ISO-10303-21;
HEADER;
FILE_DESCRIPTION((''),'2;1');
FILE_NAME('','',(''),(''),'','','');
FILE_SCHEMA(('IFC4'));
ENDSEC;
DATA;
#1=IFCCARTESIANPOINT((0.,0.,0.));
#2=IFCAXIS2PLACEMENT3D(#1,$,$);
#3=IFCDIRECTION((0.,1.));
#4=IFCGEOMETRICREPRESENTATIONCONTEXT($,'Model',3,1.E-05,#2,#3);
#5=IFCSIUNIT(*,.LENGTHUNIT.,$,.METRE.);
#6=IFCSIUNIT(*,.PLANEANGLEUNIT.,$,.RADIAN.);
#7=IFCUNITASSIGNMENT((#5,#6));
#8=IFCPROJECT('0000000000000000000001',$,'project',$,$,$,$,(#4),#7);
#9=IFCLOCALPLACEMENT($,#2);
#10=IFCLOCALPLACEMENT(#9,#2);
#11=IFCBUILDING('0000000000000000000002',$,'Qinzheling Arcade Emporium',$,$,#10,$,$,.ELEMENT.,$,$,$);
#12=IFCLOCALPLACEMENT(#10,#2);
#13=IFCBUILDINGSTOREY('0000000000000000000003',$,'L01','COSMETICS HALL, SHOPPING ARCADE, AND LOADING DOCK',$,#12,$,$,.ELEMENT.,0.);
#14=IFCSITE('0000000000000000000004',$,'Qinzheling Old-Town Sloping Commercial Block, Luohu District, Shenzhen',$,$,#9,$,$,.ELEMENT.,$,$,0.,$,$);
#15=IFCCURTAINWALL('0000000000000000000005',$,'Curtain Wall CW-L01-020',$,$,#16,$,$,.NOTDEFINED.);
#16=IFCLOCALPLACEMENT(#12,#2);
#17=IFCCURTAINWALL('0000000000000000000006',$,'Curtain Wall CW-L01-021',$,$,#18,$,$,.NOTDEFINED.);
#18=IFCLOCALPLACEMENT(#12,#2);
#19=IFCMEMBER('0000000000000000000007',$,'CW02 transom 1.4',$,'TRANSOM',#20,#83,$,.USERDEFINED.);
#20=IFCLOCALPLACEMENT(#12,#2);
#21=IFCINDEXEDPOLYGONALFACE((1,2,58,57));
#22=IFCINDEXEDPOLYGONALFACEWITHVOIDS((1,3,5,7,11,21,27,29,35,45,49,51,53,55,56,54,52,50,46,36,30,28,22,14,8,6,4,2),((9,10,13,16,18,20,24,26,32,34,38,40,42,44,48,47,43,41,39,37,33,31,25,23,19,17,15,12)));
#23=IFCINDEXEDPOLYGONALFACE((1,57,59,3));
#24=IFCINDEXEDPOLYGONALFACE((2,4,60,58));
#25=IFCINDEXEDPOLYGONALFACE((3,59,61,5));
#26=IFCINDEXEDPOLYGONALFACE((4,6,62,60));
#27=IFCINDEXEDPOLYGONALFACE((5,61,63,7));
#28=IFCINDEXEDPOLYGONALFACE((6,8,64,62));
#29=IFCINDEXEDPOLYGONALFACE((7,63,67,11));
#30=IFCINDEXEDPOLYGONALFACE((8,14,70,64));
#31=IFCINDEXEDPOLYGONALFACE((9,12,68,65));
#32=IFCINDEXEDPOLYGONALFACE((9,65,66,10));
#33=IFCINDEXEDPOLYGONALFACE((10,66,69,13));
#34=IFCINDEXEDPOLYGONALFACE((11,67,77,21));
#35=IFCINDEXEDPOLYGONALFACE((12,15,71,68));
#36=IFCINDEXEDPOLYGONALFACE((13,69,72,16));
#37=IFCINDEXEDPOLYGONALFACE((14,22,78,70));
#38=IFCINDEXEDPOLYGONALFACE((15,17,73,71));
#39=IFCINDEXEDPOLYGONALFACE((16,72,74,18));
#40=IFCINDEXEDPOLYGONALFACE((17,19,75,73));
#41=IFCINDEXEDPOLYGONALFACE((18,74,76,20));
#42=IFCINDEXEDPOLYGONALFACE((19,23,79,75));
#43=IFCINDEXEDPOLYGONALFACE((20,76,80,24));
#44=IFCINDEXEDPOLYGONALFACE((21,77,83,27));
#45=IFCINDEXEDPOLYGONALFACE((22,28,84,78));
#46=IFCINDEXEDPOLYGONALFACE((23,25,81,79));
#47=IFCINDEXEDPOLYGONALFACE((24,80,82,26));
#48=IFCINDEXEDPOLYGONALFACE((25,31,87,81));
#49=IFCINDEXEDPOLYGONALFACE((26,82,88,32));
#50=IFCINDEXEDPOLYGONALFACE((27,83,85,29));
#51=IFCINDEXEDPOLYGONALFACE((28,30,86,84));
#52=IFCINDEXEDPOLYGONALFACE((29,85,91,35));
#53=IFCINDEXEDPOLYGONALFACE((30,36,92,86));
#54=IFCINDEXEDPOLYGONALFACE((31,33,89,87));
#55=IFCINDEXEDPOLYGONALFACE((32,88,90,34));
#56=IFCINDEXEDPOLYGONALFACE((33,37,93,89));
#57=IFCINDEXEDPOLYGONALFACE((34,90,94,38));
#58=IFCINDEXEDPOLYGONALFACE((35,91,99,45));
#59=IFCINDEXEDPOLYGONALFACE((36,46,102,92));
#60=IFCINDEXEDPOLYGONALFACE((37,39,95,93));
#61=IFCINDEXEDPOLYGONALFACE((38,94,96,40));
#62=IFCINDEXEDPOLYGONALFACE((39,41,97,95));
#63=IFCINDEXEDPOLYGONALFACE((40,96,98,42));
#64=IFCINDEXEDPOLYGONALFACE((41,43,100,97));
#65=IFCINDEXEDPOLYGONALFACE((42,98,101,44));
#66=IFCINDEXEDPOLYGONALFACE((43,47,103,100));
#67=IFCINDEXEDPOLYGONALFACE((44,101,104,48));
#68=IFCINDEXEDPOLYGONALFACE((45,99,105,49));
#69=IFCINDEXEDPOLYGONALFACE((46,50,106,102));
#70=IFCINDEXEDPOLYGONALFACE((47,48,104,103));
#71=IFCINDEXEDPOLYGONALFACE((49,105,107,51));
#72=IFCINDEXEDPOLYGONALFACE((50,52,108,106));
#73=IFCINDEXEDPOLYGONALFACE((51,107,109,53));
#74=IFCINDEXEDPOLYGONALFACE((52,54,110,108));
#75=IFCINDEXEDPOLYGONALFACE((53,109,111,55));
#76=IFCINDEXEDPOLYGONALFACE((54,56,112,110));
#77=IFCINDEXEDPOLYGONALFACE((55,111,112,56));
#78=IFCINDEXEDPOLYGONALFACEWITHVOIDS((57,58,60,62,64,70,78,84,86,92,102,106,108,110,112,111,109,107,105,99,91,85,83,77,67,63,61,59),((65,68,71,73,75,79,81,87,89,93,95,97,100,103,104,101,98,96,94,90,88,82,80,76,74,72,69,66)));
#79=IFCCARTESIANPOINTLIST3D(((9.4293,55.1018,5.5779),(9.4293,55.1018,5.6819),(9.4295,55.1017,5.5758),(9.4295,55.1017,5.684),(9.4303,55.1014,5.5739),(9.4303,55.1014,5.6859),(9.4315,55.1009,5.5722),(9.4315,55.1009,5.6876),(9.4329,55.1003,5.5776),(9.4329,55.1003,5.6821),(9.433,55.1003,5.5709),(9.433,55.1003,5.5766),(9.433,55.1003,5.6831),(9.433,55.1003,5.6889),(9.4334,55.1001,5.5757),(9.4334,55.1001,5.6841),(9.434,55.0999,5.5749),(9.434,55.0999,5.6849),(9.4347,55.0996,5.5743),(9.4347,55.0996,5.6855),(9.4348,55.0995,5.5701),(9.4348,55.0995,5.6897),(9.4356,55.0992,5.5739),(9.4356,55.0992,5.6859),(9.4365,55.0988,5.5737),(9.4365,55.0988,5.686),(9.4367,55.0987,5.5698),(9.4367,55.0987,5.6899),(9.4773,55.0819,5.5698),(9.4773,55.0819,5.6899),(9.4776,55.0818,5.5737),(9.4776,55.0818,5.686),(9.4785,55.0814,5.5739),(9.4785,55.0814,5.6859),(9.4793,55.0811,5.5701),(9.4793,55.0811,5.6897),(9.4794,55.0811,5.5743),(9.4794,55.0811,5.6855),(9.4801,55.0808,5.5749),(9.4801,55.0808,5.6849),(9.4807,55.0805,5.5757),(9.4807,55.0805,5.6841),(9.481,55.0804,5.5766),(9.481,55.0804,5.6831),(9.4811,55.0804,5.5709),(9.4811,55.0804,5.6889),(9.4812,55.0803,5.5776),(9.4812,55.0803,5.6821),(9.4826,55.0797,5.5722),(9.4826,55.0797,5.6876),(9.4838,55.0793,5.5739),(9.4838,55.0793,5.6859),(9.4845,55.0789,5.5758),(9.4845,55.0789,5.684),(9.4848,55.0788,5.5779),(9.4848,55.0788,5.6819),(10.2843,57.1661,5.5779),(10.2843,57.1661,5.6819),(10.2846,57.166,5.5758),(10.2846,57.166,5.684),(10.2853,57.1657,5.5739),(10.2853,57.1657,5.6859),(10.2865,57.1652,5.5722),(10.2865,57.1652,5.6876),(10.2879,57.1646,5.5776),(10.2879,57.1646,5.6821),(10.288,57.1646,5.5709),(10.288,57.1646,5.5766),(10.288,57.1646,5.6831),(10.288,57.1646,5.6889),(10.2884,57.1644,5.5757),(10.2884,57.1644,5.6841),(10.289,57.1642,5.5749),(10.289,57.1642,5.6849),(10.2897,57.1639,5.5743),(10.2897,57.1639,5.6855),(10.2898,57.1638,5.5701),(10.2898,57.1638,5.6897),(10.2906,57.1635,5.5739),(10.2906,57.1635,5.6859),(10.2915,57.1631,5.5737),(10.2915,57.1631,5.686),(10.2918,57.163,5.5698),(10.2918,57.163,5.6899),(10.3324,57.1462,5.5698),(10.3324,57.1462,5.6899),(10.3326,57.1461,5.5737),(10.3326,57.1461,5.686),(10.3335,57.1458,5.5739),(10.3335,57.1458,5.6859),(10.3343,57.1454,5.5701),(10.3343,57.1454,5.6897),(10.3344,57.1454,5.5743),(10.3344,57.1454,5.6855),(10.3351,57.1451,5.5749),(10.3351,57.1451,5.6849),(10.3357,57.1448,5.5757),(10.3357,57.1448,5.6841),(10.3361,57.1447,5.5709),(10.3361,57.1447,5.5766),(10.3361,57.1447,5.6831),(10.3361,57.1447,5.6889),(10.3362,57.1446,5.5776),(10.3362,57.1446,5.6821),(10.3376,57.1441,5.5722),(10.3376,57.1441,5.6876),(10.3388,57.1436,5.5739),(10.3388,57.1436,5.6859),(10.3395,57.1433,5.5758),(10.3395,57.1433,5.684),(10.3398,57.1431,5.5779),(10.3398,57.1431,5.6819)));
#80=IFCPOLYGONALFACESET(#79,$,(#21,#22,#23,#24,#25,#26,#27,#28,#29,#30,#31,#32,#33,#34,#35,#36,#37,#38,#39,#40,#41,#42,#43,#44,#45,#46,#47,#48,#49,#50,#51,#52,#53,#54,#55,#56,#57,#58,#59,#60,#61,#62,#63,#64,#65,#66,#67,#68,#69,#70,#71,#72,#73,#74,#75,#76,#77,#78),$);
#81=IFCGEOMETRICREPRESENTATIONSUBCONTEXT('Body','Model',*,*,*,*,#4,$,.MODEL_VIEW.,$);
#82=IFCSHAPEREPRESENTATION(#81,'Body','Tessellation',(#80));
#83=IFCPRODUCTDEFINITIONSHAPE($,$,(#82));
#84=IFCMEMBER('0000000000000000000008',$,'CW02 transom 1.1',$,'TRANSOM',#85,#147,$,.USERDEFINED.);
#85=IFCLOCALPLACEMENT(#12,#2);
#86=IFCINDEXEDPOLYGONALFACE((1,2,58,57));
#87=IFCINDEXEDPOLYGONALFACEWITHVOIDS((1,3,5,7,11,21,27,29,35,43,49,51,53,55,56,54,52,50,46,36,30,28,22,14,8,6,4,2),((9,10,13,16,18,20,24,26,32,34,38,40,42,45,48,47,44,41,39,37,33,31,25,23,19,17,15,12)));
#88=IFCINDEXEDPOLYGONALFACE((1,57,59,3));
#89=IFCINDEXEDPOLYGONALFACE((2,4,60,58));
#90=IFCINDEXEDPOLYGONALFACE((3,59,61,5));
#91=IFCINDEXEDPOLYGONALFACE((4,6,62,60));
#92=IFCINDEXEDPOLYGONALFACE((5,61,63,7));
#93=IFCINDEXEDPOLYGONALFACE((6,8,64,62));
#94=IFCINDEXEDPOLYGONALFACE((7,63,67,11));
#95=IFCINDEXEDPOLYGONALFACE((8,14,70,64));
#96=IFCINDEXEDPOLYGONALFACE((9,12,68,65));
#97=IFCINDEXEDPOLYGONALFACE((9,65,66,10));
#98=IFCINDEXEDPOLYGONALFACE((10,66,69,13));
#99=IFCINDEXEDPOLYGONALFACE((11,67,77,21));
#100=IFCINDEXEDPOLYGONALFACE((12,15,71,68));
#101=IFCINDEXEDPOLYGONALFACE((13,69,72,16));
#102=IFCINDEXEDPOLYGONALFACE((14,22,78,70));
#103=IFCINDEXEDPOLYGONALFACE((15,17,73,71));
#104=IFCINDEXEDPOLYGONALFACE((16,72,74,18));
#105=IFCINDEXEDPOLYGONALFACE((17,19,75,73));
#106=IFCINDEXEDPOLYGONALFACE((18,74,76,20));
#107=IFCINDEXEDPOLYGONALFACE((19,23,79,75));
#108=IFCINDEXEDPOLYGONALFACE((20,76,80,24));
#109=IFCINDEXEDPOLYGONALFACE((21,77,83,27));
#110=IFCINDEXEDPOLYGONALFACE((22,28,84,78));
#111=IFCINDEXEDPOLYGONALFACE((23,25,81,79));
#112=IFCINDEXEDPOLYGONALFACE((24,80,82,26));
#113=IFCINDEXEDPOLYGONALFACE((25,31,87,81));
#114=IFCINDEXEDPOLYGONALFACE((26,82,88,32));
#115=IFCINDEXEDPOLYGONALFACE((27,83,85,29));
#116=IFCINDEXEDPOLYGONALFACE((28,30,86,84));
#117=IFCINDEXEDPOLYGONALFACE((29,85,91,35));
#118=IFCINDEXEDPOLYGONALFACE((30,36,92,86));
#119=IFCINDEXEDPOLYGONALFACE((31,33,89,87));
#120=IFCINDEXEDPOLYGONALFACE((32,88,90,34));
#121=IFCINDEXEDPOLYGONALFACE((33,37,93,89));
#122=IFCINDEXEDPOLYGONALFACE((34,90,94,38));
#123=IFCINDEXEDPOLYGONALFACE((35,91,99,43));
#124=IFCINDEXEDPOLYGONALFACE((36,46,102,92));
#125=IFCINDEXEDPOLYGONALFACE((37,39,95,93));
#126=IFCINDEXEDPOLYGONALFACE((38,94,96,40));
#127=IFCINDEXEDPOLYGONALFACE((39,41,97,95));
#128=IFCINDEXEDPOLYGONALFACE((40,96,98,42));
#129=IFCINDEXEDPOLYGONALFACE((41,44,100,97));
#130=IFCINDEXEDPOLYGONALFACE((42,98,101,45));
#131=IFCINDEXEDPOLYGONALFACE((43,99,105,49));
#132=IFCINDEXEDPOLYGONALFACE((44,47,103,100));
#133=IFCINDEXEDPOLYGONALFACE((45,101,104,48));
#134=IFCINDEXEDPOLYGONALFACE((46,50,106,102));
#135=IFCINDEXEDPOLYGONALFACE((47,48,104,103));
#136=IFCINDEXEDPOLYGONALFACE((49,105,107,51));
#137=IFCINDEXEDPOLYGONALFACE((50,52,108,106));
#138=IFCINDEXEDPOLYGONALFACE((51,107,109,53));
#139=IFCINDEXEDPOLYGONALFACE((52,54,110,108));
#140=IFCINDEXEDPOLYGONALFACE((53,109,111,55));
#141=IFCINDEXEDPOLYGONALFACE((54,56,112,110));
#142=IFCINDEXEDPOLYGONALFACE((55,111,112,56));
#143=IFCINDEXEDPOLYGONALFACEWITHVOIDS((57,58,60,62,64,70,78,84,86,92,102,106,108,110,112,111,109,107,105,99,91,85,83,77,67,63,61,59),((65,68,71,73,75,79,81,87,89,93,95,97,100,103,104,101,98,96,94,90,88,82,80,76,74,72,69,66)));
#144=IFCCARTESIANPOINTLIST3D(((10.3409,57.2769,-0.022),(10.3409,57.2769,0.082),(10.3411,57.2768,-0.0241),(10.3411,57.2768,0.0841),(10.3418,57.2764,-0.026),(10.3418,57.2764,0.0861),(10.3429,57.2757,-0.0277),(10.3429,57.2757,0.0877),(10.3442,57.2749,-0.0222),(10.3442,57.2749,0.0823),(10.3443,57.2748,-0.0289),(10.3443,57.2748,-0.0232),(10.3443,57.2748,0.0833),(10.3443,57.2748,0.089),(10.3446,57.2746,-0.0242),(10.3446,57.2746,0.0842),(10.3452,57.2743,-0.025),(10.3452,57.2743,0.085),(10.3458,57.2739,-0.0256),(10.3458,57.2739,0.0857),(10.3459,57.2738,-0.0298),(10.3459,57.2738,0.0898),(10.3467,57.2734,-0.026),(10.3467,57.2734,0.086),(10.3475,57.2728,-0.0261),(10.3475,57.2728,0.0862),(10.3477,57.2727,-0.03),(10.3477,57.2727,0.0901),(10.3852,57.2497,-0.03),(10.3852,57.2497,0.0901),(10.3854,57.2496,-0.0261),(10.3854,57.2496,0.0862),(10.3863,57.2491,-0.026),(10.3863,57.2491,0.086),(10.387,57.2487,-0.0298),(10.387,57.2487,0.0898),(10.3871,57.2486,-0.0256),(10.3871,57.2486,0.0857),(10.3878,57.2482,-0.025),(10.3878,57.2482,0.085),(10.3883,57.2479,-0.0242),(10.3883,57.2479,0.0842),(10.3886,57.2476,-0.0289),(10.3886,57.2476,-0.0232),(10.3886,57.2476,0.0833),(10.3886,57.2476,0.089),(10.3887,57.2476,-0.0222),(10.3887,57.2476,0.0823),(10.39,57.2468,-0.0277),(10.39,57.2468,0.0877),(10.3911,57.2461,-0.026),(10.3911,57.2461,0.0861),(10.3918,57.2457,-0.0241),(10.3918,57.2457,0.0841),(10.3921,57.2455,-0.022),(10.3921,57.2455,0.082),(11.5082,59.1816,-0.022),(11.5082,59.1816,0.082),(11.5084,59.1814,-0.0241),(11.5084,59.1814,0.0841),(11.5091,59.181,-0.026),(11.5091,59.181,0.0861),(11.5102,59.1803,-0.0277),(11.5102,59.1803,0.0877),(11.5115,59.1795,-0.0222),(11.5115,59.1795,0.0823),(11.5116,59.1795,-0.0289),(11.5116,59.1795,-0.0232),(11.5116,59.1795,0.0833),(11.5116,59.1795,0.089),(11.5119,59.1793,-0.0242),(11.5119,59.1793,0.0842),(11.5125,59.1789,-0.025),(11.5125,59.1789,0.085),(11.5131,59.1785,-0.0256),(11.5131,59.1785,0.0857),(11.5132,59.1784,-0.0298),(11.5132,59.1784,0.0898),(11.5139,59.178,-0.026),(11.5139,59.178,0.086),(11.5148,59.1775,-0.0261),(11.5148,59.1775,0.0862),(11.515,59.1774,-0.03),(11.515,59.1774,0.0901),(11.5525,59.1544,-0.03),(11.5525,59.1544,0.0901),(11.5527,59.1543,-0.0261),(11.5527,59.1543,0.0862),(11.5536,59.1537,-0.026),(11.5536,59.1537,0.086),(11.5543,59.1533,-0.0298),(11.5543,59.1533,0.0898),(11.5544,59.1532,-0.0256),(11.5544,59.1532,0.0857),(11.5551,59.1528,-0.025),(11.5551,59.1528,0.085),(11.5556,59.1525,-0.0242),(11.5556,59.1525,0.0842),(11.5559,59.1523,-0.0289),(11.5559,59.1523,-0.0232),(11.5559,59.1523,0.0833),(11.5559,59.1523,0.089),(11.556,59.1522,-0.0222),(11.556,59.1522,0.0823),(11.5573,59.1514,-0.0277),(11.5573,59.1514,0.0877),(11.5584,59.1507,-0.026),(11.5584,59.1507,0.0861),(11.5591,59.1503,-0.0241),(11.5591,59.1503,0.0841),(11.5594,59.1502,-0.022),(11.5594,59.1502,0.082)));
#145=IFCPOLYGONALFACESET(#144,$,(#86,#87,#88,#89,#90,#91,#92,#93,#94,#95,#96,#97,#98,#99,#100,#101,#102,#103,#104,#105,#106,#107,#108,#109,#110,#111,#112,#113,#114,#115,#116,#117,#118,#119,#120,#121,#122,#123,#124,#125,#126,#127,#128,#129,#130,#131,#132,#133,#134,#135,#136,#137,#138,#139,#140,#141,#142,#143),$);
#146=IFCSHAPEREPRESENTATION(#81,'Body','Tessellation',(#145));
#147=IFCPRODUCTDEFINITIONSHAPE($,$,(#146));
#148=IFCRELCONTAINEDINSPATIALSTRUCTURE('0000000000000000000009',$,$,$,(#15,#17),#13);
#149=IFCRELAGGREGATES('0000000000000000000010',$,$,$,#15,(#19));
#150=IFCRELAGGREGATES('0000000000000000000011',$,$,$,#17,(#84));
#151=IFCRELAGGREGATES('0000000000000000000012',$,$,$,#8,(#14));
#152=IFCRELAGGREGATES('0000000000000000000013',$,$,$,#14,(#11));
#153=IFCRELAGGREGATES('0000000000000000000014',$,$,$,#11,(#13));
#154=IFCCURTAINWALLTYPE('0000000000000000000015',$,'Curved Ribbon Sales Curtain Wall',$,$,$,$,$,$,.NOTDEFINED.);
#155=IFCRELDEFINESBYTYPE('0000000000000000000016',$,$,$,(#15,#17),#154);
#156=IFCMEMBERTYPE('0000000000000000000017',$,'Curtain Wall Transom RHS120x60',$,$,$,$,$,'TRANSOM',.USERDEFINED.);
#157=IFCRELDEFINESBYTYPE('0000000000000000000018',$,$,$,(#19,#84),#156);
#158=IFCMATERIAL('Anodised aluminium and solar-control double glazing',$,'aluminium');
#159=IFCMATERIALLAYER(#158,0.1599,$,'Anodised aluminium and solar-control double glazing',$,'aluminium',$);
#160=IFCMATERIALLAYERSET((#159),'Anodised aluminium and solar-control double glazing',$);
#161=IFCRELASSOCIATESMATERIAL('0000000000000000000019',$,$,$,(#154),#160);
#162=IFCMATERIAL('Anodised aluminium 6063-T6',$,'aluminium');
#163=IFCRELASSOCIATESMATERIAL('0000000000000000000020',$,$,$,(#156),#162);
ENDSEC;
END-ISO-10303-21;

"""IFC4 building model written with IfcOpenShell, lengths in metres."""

from ifc_helpers import new_model, si_unit, direction, frame, origin, origin_2d, place, context, subcontext, project, spatial, hollow_rectangle, extrude, material, layer, layer_set, material_profile, profile_set, type_object, element, aggregate, save


model = new_model("IFC4")

# Units and contexts
model_context = context("Model", 3, precision=1e-05, world=origin(), true_north=direction((0.0, 1.0)))
body_context = subcontext(model_context, "Body", "Model", "MODEL_VIEW")
ifc_project = project(units=[si_unit("LENGTHUNIT", "METRE"), si_unit("PLANEANGLEUNIT", "RADIAN")], contexts=[model_context])

# Site, building, storey
site_placement = place(None, origin())
site = spatial("IfcSite", under=ifc_project, at=site_placement, Name="Qinzheling Old-Town Sloping Commercial Block, Luohu District, Shenzhen", CompositionType="ELEMENT", RefElevation=0.0)
building_placement = place(site_placement, origin())
building = spatial("IfcBuilding", under=site, at=building_placement, Name="Qinzheling Arcade Emporium", CompositionType="ELEMENT")
storey_placement = place(building_placement, origin())
storey = spatial("IfcBuildingStorey", under=building, at=storey_placement, Name="L01", Description="COSMETICS HALL, SHOPPING ARCADE, AND LOADING DOCK", CompositionType="ELEMENT", Elevation=0.0)

# Curtain wall
ifc_material_1 = material(Name="Anodised aluminium and solar-control double glazing", Category="aluminium")
ifc_layer_1 = layer(ifc_material_1, 0.1599, Name="Anodised aluminium and solar-control double glazing", Category="aluminium")
ifc_layer_set_1 = layer_set([ifc_layer_1], Name="Anodised aluminium and solar-control double glazing")
curtain_wall_type = type_object("IfcCurtainWallType", Name="Curved Ribbon Sales Curtain Wall", PredefinedType="NOTDEFINED", material=ifc_layer_set_1)
curtain_wall_1_placement = place(storey_placement, origin())
curtain_wall_1 = element("IfcCurtainWall", 1, at=curtain_wall_1_placement, inside=storey, type_object=curtain_wall_type, Name="Curtain Wall CW-L01-020", PredefinedType="NOTDEFINED")
ifc_material_2 = material(Name="Anodised aluminium 6063-T6", Category="aluminium")

# Curtain wall
curtain_wall_2_placement = place(storey_placement, origin())
curtain_wall_2 = element("IfcCurtainWall", 2, at=curtain_wall_2_placement, inside=storey, type_object=curtain_wall_type, Name="Curtain Wall CW-L01-021", PredefinedType="NOTDEFINED")

# Members
ifc_material_profile_1 = material_profile(ifc_material_2, hollow_rectangle(XDim=0.0601, YDim=0.1201, WallThickness=0.0039, InnerFilletRadius=0.0039, OuterFilletRadius=0.0081, at=origin_2d()), Name="RHS 120x60x4", Category="aluminium")
ifc_profile_set_1 = profile_set([ifc_material_profile_1], Name="Anodised aluminium 6063-T6")
member_type_1 = type_object("IfcMemberType", Name="Curtain Wall Transom RHS120x60", ElementType="TRANSOM", PredefinedType="USERDEFINED", material=ifc_profile_set_1)
member_1_placement = place(storey_placement, frame((9.457, 55.0903, 5.6299), z_axis=(0.382667, 0.923886, 0.0), x_axis=(-0.923886, 0.382667, 0.0)))
member_1 = element("IfcMember", 3, at=member_1_placement, type_object=member_type_1, Name="CW02 transom 1.4", ObjectType="TRANSOM", PredefinedType="USERDEFINED", context=body_context, shape_type="SweptSolid", body=[
    extrude(hollow_rectangle(XDim=0.0601, YDim=0.1201, WallThickness=0.0039, InnerFilletRadius=0.0039, OuterFilletRadius=0.0081, at=origin_2d()), origin(), (0.0, 0.0, 1.0), 2.2344),
])
member_2_placement = place(storey_placement, frame((10.3665, 57.2612, 0.03), z_axis=(0.522542, 0.852614, 0.0), x_axis=(-0.852614, 0.522542, 0.0)))
member_2 = element("IfcMember", 4, at=member_2_placement, type_object=member_type_1, Name="CW02 transom 1.1", ObjectType="TRANSOM", PredefinedType="USERDEFINED", context=body_context, shape_type="SweptSolid", body=[
    extrude(hollow_rectangle(XDim=0.0601, YDim=0.1201, WallThickness=0.0039, InnerFilletRadius=0.0039, OuterFilletRadius=0.0081, at=origin_2d()), origin(), (0.0, 0.0, 1.0), 2.2339),
])

aggregate(curtain_wall_1, [member_1])
aggregate(curtain_wall_2, [member_2])

save(model, "model.ifc")
